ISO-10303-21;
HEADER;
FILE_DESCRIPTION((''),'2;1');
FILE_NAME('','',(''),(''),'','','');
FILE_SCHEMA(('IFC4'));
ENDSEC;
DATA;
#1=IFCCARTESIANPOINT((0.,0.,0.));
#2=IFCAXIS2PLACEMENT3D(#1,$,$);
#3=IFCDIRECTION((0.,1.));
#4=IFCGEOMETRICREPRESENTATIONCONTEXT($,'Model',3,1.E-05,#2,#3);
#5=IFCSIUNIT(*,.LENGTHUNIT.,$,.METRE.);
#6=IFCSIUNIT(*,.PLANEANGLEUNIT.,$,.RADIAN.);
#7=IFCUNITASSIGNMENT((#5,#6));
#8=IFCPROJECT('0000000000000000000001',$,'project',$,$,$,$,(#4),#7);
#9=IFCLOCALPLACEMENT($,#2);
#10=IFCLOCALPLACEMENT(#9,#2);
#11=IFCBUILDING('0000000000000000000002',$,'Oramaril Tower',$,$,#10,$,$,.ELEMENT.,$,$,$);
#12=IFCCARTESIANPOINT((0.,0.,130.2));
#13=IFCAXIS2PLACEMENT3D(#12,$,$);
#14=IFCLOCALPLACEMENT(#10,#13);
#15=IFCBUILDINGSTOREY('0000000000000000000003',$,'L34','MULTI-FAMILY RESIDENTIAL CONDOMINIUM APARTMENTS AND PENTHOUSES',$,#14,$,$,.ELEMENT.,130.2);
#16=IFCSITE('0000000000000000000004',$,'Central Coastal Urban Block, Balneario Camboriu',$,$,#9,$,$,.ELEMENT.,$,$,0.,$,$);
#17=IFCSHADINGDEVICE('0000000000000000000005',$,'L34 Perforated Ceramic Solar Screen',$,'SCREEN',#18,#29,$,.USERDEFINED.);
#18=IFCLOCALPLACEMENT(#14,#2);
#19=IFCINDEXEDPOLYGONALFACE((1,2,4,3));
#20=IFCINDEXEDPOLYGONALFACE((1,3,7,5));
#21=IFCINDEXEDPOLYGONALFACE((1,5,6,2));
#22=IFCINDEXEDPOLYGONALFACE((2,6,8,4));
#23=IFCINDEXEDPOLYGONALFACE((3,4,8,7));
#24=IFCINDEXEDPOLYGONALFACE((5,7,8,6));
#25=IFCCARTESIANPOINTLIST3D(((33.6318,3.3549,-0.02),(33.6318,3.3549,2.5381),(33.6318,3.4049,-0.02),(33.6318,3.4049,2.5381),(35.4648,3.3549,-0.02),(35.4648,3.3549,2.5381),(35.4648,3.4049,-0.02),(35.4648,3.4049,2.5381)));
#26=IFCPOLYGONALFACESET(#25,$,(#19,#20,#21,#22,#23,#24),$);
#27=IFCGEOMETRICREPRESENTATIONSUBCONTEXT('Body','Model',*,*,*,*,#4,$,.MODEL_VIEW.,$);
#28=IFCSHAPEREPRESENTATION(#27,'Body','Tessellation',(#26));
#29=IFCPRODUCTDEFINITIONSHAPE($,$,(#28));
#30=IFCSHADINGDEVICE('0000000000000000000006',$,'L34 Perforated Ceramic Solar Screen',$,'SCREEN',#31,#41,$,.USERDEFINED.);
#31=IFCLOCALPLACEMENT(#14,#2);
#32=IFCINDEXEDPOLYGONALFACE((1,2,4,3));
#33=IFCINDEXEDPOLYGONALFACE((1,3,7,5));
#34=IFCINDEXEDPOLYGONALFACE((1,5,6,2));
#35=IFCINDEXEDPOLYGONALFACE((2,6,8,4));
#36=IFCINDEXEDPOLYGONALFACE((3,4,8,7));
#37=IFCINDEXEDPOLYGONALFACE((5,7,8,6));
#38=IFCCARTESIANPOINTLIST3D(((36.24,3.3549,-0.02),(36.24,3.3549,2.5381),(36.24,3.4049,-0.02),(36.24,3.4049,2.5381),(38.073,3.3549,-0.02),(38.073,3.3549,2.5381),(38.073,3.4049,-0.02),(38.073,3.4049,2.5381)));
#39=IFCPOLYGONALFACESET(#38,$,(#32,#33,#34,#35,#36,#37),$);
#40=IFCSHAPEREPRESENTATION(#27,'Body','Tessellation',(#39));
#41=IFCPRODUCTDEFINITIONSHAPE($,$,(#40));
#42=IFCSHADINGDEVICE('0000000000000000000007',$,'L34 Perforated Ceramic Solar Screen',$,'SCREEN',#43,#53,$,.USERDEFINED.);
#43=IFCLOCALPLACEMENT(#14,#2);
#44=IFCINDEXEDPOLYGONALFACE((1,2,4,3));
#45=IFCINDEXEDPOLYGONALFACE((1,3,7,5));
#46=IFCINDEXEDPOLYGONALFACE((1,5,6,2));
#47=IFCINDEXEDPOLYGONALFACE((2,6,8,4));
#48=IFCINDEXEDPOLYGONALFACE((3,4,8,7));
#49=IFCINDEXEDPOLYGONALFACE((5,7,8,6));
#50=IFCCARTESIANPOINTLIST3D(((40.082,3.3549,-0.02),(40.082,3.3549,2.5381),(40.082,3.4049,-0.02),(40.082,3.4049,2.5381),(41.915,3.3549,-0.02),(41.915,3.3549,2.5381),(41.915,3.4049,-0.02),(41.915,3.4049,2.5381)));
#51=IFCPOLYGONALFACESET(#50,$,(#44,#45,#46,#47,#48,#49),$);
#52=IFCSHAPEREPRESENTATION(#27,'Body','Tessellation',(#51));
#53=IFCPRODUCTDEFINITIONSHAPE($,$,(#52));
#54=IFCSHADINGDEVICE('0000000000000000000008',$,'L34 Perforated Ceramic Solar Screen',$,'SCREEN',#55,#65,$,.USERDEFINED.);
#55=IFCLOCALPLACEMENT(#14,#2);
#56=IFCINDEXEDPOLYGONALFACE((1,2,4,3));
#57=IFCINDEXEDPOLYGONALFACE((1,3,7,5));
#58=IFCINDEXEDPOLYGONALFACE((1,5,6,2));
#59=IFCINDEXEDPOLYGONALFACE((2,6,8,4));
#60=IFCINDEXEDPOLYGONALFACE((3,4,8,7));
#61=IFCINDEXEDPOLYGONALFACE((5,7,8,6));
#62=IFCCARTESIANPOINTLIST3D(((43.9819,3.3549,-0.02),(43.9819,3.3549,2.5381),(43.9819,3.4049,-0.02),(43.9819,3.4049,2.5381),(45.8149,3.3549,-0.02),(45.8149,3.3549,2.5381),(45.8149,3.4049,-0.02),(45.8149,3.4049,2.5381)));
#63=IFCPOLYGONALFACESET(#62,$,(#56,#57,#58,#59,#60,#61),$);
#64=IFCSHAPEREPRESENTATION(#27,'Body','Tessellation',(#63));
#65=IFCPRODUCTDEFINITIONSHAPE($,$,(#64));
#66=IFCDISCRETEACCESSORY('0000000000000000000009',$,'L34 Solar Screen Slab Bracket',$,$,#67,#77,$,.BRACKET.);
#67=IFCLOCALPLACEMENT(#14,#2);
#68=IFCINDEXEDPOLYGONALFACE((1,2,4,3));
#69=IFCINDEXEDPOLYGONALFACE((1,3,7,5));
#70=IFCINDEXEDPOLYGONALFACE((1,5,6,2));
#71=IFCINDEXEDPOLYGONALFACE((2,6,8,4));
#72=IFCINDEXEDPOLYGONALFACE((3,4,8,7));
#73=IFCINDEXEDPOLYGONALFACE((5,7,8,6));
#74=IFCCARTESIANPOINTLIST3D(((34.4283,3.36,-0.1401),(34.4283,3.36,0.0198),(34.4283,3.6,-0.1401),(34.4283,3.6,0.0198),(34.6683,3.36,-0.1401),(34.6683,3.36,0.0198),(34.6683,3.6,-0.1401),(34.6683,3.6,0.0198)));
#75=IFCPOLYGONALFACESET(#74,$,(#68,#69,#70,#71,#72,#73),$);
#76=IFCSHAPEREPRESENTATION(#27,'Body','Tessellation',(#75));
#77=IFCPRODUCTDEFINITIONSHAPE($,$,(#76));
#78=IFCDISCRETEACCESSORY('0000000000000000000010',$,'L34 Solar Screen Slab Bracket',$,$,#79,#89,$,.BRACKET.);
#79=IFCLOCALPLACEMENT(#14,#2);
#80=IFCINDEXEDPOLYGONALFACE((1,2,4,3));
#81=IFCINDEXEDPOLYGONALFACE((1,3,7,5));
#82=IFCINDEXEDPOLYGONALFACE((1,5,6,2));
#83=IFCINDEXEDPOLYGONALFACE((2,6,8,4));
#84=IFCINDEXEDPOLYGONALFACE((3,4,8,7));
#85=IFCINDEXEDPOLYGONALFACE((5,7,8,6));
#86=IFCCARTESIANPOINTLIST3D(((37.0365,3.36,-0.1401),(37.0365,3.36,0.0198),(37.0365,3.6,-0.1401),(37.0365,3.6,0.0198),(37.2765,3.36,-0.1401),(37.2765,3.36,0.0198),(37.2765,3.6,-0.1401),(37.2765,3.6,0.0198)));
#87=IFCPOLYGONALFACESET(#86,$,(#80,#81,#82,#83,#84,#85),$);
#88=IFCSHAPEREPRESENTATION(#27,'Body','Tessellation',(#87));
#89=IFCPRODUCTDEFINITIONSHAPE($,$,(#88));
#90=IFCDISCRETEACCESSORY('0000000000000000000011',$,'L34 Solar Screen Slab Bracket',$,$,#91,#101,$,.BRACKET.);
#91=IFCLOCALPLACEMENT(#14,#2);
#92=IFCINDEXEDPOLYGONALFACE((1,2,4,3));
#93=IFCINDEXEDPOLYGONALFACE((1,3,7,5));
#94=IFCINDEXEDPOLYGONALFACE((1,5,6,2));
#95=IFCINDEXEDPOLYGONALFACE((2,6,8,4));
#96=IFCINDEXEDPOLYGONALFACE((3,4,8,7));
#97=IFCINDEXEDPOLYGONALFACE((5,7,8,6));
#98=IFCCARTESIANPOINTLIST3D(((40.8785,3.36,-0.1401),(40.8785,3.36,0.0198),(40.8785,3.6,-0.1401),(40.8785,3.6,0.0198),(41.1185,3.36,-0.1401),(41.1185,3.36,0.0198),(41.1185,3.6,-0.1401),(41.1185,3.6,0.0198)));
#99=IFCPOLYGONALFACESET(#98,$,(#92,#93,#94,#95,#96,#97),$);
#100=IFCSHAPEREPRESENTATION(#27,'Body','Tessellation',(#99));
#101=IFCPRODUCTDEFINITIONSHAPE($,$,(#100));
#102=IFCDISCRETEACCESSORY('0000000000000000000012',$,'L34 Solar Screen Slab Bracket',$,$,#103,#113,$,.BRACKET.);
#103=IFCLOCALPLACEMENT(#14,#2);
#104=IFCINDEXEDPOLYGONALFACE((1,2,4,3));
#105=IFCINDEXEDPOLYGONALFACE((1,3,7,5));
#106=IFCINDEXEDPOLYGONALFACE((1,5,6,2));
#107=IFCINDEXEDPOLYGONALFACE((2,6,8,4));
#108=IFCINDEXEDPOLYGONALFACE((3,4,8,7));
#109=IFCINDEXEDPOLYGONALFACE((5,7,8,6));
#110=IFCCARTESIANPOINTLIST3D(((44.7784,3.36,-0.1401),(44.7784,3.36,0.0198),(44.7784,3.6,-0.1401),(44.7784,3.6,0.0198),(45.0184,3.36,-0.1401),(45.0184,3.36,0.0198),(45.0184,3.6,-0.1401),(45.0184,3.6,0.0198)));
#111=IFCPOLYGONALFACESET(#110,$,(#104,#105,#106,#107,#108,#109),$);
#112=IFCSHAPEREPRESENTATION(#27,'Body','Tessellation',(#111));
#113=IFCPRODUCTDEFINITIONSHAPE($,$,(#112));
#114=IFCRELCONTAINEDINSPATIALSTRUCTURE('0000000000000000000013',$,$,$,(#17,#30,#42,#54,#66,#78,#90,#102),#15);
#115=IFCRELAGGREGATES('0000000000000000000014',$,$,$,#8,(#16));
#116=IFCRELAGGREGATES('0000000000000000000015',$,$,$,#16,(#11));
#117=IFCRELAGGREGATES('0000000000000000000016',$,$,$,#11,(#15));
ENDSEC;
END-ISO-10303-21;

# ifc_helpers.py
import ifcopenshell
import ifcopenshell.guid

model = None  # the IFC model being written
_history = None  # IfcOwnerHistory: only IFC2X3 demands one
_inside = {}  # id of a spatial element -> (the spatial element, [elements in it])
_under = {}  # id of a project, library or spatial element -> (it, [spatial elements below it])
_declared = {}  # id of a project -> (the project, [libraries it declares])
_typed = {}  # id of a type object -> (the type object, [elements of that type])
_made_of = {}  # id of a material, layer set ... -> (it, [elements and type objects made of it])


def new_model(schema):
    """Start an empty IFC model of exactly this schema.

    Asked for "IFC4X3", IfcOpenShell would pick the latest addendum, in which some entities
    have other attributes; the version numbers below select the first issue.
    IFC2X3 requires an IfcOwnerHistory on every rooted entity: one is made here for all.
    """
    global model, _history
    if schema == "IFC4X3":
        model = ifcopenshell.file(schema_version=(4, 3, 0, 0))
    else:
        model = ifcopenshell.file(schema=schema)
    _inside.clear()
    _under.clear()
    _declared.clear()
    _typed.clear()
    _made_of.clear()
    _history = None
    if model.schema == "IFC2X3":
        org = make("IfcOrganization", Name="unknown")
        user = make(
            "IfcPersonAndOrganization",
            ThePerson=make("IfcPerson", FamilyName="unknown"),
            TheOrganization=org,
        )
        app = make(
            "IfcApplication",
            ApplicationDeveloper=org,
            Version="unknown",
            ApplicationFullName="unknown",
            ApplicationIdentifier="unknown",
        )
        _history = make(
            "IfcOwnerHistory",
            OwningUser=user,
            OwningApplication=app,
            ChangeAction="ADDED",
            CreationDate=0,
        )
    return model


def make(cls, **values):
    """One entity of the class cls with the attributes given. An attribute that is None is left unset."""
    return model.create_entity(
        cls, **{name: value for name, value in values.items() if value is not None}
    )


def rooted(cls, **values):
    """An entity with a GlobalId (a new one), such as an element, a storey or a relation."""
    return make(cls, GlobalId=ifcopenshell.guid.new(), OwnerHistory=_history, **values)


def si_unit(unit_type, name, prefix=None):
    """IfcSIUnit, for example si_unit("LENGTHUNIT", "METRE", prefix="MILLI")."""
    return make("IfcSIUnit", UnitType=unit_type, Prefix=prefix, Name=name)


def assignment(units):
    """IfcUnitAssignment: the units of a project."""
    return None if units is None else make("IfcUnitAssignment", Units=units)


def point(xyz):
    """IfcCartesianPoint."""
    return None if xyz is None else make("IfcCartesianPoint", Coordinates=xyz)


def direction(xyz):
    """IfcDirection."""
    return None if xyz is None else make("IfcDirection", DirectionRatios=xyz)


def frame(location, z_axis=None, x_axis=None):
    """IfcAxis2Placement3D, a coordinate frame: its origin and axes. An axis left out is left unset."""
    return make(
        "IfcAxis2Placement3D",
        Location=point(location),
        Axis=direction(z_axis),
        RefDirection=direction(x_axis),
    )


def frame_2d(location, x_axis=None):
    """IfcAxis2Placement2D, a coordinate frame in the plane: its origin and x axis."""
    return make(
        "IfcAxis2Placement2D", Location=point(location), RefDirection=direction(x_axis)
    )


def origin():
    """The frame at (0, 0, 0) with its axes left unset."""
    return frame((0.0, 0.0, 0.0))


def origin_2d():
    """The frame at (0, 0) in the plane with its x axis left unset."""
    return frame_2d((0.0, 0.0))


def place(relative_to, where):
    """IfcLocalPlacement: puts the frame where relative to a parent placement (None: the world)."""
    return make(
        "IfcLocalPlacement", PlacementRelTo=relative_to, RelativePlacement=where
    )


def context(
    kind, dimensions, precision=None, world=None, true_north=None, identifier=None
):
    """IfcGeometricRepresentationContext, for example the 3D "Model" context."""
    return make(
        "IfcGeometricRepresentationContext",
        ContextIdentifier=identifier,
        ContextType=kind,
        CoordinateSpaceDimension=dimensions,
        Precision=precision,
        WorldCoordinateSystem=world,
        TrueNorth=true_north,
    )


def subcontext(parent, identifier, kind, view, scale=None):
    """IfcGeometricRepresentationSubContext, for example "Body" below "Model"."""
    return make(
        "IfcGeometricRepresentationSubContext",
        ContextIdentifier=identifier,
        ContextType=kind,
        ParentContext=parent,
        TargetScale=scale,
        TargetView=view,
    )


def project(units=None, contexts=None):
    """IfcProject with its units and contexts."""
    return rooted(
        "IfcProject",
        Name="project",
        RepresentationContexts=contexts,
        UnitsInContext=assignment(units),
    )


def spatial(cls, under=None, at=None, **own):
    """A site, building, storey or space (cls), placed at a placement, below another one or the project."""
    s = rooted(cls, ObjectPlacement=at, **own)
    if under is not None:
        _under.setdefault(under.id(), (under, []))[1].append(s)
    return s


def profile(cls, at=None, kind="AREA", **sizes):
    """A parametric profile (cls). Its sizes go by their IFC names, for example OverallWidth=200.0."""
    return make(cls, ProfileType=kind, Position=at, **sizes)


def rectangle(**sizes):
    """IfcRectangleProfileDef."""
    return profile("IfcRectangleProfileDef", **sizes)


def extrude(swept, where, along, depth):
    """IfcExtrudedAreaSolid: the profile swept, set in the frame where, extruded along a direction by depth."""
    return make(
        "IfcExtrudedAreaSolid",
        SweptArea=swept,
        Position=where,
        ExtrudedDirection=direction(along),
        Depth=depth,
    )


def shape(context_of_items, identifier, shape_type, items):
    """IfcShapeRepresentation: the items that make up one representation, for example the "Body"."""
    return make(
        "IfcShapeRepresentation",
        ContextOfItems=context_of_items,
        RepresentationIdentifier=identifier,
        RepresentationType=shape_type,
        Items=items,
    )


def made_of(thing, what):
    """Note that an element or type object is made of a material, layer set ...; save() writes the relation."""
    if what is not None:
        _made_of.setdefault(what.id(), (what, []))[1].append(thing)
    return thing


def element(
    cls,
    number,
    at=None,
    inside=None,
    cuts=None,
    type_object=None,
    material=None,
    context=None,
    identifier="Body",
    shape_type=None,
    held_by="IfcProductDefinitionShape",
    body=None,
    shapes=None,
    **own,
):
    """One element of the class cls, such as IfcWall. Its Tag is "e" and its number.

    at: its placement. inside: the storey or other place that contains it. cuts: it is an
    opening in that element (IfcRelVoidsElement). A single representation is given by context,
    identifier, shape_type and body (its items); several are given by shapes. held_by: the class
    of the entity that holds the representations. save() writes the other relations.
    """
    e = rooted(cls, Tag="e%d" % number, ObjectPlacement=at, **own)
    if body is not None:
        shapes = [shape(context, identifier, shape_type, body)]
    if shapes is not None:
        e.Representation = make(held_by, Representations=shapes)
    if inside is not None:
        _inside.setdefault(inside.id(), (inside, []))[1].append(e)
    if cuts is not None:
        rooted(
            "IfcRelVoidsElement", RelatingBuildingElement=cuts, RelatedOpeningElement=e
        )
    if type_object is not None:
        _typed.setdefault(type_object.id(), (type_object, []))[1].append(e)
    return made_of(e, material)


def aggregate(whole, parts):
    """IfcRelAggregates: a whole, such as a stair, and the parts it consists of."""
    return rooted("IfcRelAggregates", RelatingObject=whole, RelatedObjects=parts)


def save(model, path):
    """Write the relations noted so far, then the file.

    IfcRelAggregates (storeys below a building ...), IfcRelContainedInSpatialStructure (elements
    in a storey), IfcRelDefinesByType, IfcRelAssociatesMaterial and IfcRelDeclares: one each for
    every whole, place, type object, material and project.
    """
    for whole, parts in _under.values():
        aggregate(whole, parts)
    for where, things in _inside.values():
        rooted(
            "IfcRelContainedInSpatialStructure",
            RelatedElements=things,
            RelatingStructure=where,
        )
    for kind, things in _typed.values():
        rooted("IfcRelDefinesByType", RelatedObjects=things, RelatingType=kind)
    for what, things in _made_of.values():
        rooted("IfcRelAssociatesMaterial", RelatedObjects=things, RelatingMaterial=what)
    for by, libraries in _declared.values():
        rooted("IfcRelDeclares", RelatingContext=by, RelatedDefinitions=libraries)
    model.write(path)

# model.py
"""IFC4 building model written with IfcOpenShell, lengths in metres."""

from ifc_helpers import new_model, si_unit, direction, frame, origin, origin_2d, place, context, subcontext, project, spatial, rectangle, extrude, element, save


model = new_model("IFC4")

# Units and contexts
model_context = context("Model", 3, precision=1e-05, world=origin(), true_north=direction((0.0, 1.0)))
body_context = subcontext(model_context, "Body", "Model", "MODEL_VIEW")
ifc_project = project(units=[si_unit("LENGTHUNIT", "METRE"), si_unit("PLANEANGLEUNIT", "RADIAN")], contexts=[model_context])

# Site, building, storey
site_placement = place(None, origin())
site = spatial("IfcSite", under=ifc_project, at=site_placement, Name="Central Coastal Urban Block, Balneario Camboriu", CompositionType="ELEMENT", RefElevation=0.0)
building_placement = place(site_placement, origin())
building = spatial("IfcBuilding", under=site, at=building_placement, Name="Oramaril Tower", CompositionType="ELEMENT")
storey_placement = place(building_placement, frame((0.0, 0.0, 130.2)))
storey = spatial("IfcBuildingStorey", under=building, at=storey_placement, Name="L34", Description="MULTI-FAMILY RESIDENTIAL CONDOMINIUM APARTMENTS AND PENTHOUSES", CompositionType="ELEMENT", Elevation=130.2)

# Shading devices
for number, where, z_axis, x_axis, name in (
    (1, (34.5483, 3.3799, -0.02), (0.0, 0.0, 1.0), (1.0, 0.0, 0.0), "L34 Perforated Ceramic Solar Screen"),
    (2, (37.1565, 3.3799, -0.02), (0.0, 0.0, 1.0), (1.0, 0.0, 0.0), "L34 Perforated Ceramic Solar Screen"),
    (3, (40.9985, 3.3799, -0.02), (0.0, 0.0, 1.0), (1.0, 0.0, 0.0), "L34 Perforated Ceramic Solar Screen"),
    (4, (44.8984, 3.3799, -0.02), (0.0, 0.0, 1.0), (1.0, 0.0, 0.0), "L34 Perforated Ceramic Solar Screen"),
):
    element("IfcShadingDevice", number, at=place(storey_placement, frame(where, z_axis=z_axis, x_axis=x_axis)), inside=storey, Name=name, ObjectType="SCREEN", PredefinedType="USERDEFINED", context=body_context, shape_type="SweptSolid", body=[
        extrude(rectangle(XDim=1.833, YDim=0.05, at=origin_2d()), origin(), (0.0, 0.0, 1.0), 2.5581),
    ])

# Discrete accessories
for number, where, z_axis, x_axis, name in (
    (5, (34.5483, 3.48, -0.1401), (0.0, 0.0, 1.0), (1.0, 0.0, 0.0), "L34 Solar Screen Slab Bracket"),
    (6, (37.1565, 3.48, -0.1401), (0.0, 0.0, 1.0), (1.0, 0.0, 0.0), "L34 Solar Screen Slab Bracket"),
    (7, (40.9985, 3.48, -0.1401), (0.0, 0.0, 1.0), (1.0, 0.0, 0.0), "L34 Solar Screen Slab Bracket"),
    (8, (44.8984, 3.48, -0.1401), (0.0, 0.0, 1.0), (1.0, 0.0, 0.0), "L34 Solar Screen Slab Bracket"),
):
    element("IfcDiscreteAccessory", number, at=place(storey_placement, frame(where, z_axis=z_axis, x_axis=x_axis)), inside=storey, Name=name, PredefinedType="BRACKET", context=body_context, shape_type="SweptSolid", body=[
        extrude(rectangle(XDim=0.24, YDim=0.24, at=origin_2d()), origin(), (0.0, 0.0, 1.0), 0.1599),
    ])

save(model, "model.ifc")
